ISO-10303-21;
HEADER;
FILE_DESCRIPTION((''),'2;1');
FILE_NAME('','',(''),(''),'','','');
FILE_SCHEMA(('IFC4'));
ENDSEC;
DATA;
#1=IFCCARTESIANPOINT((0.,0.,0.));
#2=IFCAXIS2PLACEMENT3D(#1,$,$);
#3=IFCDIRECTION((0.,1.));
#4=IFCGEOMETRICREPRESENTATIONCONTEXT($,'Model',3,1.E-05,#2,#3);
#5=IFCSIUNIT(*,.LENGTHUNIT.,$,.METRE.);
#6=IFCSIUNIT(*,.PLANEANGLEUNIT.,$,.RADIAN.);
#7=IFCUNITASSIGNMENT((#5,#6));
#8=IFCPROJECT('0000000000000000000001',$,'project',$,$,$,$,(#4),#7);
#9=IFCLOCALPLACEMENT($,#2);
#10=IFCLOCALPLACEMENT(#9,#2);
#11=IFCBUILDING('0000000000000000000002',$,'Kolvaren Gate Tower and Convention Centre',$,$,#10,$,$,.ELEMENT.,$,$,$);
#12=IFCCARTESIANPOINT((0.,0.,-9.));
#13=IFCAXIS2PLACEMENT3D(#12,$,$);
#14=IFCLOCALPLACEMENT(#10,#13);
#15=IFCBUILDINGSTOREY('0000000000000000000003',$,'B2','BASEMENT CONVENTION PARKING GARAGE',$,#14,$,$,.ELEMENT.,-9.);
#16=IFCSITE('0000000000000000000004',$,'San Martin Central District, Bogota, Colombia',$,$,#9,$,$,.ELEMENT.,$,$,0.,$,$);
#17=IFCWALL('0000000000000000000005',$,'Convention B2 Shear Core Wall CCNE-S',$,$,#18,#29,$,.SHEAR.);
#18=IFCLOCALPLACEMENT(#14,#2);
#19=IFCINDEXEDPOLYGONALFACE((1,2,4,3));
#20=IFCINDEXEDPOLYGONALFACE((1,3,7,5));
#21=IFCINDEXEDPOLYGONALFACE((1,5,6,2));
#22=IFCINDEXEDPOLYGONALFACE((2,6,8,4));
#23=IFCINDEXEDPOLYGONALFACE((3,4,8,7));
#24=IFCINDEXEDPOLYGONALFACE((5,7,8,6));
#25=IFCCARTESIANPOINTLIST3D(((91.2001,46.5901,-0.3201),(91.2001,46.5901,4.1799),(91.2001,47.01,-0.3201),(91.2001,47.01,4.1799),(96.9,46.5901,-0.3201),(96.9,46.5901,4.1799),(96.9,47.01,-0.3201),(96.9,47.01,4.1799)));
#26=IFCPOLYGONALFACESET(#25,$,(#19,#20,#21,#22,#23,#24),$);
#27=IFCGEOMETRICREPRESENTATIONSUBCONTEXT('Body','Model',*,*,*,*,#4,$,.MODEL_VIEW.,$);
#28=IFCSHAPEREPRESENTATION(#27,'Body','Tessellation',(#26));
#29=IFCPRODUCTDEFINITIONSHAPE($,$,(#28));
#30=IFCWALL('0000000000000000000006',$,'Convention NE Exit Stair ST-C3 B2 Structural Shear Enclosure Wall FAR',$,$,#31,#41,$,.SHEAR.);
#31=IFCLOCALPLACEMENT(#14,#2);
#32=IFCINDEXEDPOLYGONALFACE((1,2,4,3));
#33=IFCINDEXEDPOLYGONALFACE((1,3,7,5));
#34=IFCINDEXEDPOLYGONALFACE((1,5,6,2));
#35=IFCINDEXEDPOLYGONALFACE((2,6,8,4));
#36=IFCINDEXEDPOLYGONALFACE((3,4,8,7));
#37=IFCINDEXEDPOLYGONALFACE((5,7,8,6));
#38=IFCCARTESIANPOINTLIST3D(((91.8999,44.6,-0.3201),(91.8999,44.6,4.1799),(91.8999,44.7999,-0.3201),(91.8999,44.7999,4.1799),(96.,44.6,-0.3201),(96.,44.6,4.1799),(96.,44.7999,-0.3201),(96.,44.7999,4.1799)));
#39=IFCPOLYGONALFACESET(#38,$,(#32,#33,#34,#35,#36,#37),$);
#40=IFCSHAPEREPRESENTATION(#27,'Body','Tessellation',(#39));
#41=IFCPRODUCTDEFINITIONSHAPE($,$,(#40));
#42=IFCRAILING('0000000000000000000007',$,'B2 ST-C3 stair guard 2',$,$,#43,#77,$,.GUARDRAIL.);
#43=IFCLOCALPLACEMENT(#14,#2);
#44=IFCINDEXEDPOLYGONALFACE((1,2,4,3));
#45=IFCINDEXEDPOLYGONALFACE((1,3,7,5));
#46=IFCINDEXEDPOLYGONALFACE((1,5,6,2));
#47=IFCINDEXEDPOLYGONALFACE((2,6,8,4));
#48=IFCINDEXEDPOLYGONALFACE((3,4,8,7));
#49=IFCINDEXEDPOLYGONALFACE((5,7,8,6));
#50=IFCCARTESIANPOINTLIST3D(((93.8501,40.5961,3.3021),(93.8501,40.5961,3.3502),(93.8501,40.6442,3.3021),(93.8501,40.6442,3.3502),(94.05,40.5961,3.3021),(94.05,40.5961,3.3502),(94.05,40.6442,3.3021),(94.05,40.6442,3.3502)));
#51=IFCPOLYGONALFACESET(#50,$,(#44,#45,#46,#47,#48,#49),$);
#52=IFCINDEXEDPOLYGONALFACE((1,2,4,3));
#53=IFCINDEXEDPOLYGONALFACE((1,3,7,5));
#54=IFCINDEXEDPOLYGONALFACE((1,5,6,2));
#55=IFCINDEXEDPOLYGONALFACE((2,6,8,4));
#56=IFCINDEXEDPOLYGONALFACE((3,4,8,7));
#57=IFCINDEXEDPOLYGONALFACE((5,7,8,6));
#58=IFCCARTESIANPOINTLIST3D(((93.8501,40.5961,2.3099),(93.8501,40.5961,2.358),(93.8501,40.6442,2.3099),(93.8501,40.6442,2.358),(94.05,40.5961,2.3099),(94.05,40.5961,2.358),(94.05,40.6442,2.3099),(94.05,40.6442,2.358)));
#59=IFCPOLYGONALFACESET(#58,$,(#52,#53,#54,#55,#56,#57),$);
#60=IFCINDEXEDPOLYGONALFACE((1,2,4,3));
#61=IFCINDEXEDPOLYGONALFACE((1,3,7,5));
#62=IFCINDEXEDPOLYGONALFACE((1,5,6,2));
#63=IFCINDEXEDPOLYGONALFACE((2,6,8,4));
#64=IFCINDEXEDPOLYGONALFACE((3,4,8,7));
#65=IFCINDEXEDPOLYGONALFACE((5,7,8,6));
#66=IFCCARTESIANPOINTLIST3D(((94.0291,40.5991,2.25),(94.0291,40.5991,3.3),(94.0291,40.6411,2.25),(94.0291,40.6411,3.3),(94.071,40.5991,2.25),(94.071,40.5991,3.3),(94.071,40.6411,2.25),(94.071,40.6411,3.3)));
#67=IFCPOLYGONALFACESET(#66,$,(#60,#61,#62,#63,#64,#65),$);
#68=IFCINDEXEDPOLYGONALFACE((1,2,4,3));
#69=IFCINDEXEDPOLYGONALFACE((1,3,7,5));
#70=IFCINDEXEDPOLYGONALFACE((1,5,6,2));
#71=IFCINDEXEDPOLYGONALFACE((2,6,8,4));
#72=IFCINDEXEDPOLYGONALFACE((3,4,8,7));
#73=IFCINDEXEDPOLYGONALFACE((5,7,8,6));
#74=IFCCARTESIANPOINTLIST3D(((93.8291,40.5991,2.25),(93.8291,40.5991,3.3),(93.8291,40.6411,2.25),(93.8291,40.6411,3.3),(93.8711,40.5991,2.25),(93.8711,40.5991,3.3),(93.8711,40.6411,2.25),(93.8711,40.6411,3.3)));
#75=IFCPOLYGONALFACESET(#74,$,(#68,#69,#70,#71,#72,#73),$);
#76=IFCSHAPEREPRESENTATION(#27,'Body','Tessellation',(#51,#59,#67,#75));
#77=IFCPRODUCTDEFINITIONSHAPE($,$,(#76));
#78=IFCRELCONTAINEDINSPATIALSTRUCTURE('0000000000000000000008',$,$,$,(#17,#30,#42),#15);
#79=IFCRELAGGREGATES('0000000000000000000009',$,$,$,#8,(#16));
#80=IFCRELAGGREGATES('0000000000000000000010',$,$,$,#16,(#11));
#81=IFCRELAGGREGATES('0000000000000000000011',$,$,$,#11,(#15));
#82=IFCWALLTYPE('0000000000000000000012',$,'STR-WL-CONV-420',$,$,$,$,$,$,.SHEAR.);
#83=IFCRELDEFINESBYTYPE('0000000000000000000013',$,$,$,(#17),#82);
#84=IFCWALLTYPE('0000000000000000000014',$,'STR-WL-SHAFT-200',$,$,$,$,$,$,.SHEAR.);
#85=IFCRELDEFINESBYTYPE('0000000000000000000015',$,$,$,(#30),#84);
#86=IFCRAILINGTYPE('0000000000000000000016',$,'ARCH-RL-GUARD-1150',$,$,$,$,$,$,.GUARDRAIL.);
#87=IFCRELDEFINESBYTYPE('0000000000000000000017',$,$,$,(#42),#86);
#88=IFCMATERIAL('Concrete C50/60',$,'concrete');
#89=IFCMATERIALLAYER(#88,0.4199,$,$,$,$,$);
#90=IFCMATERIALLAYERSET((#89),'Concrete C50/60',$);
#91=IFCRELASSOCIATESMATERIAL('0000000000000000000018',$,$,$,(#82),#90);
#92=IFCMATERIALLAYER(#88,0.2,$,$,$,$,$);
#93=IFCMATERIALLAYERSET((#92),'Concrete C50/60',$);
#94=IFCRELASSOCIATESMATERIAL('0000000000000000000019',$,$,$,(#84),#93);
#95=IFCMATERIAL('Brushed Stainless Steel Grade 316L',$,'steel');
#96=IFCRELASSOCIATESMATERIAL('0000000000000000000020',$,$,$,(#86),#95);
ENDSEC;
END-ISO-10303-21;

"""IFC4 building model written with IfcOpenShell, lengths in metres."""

from ifc_helpers import new_model, si_unit, direction, frame, frame_2d, origin, origin_2d, place, context, subcontext, project, spatial, rectangle, extrude, material, layer, layer_set, type_object, element, save


model = new_model("IFC4")

# Units and contexts
model_context = context("Model", 3, precision=1e-05, world=origin(), true_north=direction((0.0, 1.0)))
body_context = subcontext(model_context, "Body", "Model", "MODEL_VIEW")
ifc_project = project(units=[si_unit("LENGTHUNIT", "METRE"), si_unit("PLANEANGLEUNIT", "RADIAN")], contexts=[model_context])

# Site, building, storey
site_placement = place(None, origin())
site = spatial("IfcSite", under=ifc_project, at=site_placement, Name="San Martin Central District, Bogota, Colombia", CompositionType="ELEMENT", RefElevation=0.0)
building_placement = place(site_placement, origin())
building = spatial("IfcBuilding", under=site, at=building_placement, Name="Kolvaren Gate Tower and Convention Centre", CompositionType="ELEMENT")
storey_placement = place(building_placement, frame((0.0, 0.0, -9.0)))
storey = spatial("IfcBuildingStorey", under=building, at=storey_placement, Name="B2", Description="BASEMENT CONVENTION PARKING GARAGE", CompositionType="ELEMENT", Elevation=-9.0)

# Shared definitions
ifc_material_1 = material(Name="Concrete C50/60", Category="concrete")

# Shared definitions
ifc_material_2 = material(Name="Brushed Stainless Steel Grade 316L", Category="steel")

# Walls
ifc_layer_1 = layer(ifc_material_1, 0.4199)
ifc_layer_set_1 = layer_set([ifc_layer_1], Name="Concrete C50/60")
wall_type_1 = type_object("IfcWallType", Name="STR-WL-CONV-420", PredefinedType="SHEAR", material=ifc_layer_set_1)
wall_1_placement = place(storey_placement, frame((91.2, 46.8, -0.3201), z_axis=(0.0, 0.0, 1.0), x_axis=(1.0, 0.0, 0.0)))
element("IfcWall", 1, at=wall_1_placement, inside=storey, type_object=wall_type_1, Name="Convention B2 Shear Core Wall CCNE-S", PredefinedType="SHEAR", context=body_context, shape_type="SweptSolid", body=[
    extrude(rectangle(XDim=5.7, YDim=0.4199, at=frame_2d((2.8501, 0.0))), origin(), (0.0, 0.0, 1.0), 4.5),
])
ifc_layer_2 = layer(ifc_material_1, 0.2)
ifc_layer_set_2 = layer_set([ifc_layer_2], Name="Concrete C50/60")
wall_type_2 = type_object("IfcWallType", Name="STR-WL-SHAFT-200", PredefinedType="SHEAR", material=ifc_layer_set_2)
wall_2_placement = place(storey_placement, frame((91.8999, 44.7, -0.3201), z_axis=(0.0, 0.0, 1.0), x_axis=(1.0, 0.0, 0.0)))
element("IfcWall", 2, at=wall_2_placement, inside=storey, type_object=wall_type_2, Name="Convention NE Exit Stair ST-C3 B2 Structural Shear Enclosure Wall FAR", PredefinedType="SHEAR", context=body_context, shape_type="SweptSolid", body=[
    extrude(rectangle(XDim=4.1001, YDim=0.2, at=frame_2d((2.05, 0.0))), origin(), (0.0, 0.0, 1.0), 4.5),
])

# Railing
railing_type = type_object("IfcRailingType", Name="ARCH-RL-GUARD-1150", PredefinedType="GUARDRAIL", material=ifc_material_2)
railing_1_placement = place(storey_placement, frame((94.05, 40.6201, 2.25)))
element("IfcRailing", 3, at=railing_1_placement, inside=storey, type_object=railing_type, Name="B2 ST-C3 stair guard 2", PredefinedType="GUARDRAIL", context=body_context, shape_type="SweptSolid", body=[
    extrude(rectangle(XDim=0.0481, YDim=0.0481, at=origin_2d()), frame((0.0, 0.0, 1.0762), z_axis=(-1.0, 0.0, 0.0), x_axis=(0.0, -1.0, 0.0)), (0.0, 0.0, 1.0), 0.2),
    extrude(rectangle(XDim=0.0481, YDim=0.0481, at=origin_2d()), frame((0.0, 0.0, 0.084), z_axis=(-1.0, 0.0, 0.0), x_axis=(0.0, -1.0, 0.0)), (0.0, 0.0, 1.0), 0.2),
    extrude(rectangle(XDim=0.042, YDim=0.042, at=origin_2d()), origin(), (0.0, 0.0, 1.0), 1.05),
    extrude(rectangle(XDim=0.042, YDim=0.042, at=origin_2d()), frame((-0.2, 0.0, 0.0)), (0.0, 0.0, 1.0), 1.05),
])

save(model, "model.ifc")
